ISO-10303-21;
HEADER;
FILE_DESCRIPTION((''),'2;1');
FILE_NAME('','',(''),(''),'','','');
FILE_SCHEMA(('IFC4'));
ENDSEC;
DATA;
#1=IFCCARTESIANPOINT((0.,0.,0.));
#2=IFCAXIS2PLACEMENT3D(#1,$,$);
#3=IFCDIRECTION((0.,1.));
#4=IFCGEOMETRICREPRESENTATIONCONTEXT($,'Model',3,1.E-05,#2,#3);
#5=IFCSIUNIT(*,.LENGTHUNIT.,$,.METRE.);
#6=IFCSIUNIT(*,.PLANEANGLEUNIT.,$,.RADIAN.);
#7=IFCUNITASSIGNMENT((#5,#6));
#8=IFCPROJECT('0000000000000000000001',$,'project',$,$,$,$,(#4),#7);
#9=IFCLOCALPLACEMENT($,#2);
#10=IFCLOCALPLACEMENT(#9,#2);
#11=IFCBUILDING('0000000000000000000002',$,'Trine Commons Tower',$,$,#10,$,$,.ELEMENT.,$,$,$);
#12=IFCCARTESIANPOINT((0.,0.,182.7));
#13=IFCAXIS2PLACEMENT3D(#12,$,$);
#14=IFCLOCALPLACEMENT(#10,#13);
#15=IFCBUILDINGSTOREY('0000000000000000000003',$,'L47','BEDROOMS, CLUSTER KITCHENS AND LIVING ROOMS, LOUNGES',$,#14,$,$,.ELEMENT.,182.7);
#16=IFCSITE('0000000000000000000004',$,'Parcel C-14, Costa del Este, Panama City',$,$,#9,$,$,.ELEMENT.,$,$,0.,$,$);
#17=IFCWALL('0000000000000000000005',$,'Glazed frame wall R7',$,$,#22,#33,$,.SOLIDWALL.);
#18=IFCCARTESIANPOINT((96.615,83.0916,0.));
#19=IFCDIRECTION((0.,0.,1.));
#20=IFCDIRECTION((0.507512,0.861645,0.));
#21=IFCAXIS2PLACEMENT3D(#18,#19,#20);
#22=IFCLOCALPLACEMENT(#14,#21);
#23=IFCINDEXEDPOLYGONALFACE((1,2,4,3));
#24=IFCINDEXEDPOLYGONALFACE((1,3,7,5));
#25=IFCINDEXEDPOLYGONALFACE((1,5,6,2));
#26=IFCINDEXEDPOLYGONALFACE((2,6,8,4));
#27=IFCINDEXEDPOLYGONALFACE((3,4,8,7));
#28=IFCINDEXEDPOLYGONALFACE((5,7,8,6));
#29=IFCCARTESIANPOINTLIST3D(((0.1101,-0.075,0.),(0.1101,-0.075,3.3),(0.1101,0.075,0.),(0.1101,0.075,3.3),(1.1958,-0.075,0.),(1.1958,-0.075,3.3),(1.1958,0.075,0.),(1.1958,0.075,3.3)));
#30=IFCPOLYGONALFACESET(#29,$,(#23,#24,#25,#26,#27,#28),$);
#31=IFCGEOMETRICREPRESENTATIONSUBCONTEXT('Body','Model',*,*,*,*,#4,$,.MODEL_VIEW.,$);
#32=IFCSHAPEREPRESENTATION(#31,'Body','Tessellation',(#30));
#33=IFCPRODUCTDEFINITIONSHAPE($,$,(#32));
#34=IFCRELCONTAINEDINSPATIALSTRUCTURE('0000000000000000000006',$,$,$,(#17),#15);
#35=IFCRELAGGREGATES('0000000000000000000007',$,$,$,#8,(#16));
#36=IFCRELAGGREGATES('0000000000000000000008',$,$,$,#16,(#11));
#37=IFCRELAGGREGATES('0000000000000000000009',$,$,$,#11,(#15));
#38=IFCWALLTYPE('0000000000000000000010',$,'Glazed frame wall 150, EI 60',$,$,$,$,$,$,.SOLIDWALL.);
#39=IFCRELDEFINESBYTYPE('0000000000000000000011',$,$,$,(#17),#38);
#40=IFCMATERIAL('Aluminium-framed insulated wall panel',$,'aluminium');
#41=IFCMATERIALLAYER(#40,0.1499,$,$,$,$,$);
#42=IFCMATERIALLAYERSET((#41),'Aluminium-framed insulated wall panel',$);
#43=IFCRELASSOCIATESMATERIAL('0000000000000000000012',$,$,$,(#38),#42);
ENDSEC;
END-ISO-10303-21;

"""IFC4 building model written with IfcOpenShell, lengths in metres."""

from ifc_helpers import new_model, si_unit, direction, frame, origin, place, context, subcontext, project, spatial, polyline, outline, extrude, material, layer, layer_set, type_object, element, save


model = new_model("IFC4")

# Units and contexts
model_context = context("Model", 3, precision=1e-05, world=origin(), true_north=direction((0.0, 1.0)))
body_context = subcontext(model_context, "Body", "Model", "MODEL_VIEW")
ifc_project = project(units=[si_unit("LENGTHUNIT", "METRE"), si_unit("PLANEANGLEUNIT", "RADIAN")], contexts=[model_context])

# Site, building, storey
site_placement = place(None, origin())
site = spatial("IfcSite", under=ifc_project, at=site_placement, Name="Parcel C-14, Costa del Este, Panama City", CompositionType="ELEMENT", RefElevation=0.0)
building_placement = place(site_placement, origin())
building = spatial("IfcBuilding", under=site, at=building_placement, Name="Trine Commons Tower", CompositionType="ELEMENT")
storey_placement = place(building_placement, frame((0.0, 0.0, 182.7)))
storey = spatial("IfcBuildingStorey", under=building, at=storey_placement, Name="L47", Description="BEDROOMS, CLUSTER KITCHENS AND LIVING ROOMS, LOUNGES", CompositionType="ELEMENT", Elevation=182.7)

# Shared definitions
ifc_material_1 = material(Name="Aluminium-framed insulated wall panel", Category="aluminium")
ifc_layer_1 = layer(ifc_material_1, 0.1499)
ifc_layer_set_1 = layer_set([ifc_layer_1], Name="Aluminium-framed insulated wall panel")
wall_type_1 = type_object("IfcWallType", Name="Glazed frame wall 150, EI 60", PredefinedType="SOLIDWALL", material=ifc_layer_set_1)

# Wall
wall_1_placement = place(storey_placement, frame((96.615, 83.0916, 0.0), z_axis=(0.0, 0.0, 1.0), x_axis=(0.507512, 0.861645, 0.0)))
element("IfcWall", 1, at=wall_1_placement, inside=storey, type_object=wall_type_1, Name="Glazed frame wall R7", PredefinedType="SOLIDWALL", context=body_context, shape_type="SweptSolid", body=[
    extrude(outline(polyline([(0.1101, 0.075), (0.1101, -0.075), (1.1958, -0.075), (1.1958, 0.075), (0.1101, 0.075)])), origin(), (0.0, 0.0, 1.0), 3.3),
])

save(model, "model.ifc")
